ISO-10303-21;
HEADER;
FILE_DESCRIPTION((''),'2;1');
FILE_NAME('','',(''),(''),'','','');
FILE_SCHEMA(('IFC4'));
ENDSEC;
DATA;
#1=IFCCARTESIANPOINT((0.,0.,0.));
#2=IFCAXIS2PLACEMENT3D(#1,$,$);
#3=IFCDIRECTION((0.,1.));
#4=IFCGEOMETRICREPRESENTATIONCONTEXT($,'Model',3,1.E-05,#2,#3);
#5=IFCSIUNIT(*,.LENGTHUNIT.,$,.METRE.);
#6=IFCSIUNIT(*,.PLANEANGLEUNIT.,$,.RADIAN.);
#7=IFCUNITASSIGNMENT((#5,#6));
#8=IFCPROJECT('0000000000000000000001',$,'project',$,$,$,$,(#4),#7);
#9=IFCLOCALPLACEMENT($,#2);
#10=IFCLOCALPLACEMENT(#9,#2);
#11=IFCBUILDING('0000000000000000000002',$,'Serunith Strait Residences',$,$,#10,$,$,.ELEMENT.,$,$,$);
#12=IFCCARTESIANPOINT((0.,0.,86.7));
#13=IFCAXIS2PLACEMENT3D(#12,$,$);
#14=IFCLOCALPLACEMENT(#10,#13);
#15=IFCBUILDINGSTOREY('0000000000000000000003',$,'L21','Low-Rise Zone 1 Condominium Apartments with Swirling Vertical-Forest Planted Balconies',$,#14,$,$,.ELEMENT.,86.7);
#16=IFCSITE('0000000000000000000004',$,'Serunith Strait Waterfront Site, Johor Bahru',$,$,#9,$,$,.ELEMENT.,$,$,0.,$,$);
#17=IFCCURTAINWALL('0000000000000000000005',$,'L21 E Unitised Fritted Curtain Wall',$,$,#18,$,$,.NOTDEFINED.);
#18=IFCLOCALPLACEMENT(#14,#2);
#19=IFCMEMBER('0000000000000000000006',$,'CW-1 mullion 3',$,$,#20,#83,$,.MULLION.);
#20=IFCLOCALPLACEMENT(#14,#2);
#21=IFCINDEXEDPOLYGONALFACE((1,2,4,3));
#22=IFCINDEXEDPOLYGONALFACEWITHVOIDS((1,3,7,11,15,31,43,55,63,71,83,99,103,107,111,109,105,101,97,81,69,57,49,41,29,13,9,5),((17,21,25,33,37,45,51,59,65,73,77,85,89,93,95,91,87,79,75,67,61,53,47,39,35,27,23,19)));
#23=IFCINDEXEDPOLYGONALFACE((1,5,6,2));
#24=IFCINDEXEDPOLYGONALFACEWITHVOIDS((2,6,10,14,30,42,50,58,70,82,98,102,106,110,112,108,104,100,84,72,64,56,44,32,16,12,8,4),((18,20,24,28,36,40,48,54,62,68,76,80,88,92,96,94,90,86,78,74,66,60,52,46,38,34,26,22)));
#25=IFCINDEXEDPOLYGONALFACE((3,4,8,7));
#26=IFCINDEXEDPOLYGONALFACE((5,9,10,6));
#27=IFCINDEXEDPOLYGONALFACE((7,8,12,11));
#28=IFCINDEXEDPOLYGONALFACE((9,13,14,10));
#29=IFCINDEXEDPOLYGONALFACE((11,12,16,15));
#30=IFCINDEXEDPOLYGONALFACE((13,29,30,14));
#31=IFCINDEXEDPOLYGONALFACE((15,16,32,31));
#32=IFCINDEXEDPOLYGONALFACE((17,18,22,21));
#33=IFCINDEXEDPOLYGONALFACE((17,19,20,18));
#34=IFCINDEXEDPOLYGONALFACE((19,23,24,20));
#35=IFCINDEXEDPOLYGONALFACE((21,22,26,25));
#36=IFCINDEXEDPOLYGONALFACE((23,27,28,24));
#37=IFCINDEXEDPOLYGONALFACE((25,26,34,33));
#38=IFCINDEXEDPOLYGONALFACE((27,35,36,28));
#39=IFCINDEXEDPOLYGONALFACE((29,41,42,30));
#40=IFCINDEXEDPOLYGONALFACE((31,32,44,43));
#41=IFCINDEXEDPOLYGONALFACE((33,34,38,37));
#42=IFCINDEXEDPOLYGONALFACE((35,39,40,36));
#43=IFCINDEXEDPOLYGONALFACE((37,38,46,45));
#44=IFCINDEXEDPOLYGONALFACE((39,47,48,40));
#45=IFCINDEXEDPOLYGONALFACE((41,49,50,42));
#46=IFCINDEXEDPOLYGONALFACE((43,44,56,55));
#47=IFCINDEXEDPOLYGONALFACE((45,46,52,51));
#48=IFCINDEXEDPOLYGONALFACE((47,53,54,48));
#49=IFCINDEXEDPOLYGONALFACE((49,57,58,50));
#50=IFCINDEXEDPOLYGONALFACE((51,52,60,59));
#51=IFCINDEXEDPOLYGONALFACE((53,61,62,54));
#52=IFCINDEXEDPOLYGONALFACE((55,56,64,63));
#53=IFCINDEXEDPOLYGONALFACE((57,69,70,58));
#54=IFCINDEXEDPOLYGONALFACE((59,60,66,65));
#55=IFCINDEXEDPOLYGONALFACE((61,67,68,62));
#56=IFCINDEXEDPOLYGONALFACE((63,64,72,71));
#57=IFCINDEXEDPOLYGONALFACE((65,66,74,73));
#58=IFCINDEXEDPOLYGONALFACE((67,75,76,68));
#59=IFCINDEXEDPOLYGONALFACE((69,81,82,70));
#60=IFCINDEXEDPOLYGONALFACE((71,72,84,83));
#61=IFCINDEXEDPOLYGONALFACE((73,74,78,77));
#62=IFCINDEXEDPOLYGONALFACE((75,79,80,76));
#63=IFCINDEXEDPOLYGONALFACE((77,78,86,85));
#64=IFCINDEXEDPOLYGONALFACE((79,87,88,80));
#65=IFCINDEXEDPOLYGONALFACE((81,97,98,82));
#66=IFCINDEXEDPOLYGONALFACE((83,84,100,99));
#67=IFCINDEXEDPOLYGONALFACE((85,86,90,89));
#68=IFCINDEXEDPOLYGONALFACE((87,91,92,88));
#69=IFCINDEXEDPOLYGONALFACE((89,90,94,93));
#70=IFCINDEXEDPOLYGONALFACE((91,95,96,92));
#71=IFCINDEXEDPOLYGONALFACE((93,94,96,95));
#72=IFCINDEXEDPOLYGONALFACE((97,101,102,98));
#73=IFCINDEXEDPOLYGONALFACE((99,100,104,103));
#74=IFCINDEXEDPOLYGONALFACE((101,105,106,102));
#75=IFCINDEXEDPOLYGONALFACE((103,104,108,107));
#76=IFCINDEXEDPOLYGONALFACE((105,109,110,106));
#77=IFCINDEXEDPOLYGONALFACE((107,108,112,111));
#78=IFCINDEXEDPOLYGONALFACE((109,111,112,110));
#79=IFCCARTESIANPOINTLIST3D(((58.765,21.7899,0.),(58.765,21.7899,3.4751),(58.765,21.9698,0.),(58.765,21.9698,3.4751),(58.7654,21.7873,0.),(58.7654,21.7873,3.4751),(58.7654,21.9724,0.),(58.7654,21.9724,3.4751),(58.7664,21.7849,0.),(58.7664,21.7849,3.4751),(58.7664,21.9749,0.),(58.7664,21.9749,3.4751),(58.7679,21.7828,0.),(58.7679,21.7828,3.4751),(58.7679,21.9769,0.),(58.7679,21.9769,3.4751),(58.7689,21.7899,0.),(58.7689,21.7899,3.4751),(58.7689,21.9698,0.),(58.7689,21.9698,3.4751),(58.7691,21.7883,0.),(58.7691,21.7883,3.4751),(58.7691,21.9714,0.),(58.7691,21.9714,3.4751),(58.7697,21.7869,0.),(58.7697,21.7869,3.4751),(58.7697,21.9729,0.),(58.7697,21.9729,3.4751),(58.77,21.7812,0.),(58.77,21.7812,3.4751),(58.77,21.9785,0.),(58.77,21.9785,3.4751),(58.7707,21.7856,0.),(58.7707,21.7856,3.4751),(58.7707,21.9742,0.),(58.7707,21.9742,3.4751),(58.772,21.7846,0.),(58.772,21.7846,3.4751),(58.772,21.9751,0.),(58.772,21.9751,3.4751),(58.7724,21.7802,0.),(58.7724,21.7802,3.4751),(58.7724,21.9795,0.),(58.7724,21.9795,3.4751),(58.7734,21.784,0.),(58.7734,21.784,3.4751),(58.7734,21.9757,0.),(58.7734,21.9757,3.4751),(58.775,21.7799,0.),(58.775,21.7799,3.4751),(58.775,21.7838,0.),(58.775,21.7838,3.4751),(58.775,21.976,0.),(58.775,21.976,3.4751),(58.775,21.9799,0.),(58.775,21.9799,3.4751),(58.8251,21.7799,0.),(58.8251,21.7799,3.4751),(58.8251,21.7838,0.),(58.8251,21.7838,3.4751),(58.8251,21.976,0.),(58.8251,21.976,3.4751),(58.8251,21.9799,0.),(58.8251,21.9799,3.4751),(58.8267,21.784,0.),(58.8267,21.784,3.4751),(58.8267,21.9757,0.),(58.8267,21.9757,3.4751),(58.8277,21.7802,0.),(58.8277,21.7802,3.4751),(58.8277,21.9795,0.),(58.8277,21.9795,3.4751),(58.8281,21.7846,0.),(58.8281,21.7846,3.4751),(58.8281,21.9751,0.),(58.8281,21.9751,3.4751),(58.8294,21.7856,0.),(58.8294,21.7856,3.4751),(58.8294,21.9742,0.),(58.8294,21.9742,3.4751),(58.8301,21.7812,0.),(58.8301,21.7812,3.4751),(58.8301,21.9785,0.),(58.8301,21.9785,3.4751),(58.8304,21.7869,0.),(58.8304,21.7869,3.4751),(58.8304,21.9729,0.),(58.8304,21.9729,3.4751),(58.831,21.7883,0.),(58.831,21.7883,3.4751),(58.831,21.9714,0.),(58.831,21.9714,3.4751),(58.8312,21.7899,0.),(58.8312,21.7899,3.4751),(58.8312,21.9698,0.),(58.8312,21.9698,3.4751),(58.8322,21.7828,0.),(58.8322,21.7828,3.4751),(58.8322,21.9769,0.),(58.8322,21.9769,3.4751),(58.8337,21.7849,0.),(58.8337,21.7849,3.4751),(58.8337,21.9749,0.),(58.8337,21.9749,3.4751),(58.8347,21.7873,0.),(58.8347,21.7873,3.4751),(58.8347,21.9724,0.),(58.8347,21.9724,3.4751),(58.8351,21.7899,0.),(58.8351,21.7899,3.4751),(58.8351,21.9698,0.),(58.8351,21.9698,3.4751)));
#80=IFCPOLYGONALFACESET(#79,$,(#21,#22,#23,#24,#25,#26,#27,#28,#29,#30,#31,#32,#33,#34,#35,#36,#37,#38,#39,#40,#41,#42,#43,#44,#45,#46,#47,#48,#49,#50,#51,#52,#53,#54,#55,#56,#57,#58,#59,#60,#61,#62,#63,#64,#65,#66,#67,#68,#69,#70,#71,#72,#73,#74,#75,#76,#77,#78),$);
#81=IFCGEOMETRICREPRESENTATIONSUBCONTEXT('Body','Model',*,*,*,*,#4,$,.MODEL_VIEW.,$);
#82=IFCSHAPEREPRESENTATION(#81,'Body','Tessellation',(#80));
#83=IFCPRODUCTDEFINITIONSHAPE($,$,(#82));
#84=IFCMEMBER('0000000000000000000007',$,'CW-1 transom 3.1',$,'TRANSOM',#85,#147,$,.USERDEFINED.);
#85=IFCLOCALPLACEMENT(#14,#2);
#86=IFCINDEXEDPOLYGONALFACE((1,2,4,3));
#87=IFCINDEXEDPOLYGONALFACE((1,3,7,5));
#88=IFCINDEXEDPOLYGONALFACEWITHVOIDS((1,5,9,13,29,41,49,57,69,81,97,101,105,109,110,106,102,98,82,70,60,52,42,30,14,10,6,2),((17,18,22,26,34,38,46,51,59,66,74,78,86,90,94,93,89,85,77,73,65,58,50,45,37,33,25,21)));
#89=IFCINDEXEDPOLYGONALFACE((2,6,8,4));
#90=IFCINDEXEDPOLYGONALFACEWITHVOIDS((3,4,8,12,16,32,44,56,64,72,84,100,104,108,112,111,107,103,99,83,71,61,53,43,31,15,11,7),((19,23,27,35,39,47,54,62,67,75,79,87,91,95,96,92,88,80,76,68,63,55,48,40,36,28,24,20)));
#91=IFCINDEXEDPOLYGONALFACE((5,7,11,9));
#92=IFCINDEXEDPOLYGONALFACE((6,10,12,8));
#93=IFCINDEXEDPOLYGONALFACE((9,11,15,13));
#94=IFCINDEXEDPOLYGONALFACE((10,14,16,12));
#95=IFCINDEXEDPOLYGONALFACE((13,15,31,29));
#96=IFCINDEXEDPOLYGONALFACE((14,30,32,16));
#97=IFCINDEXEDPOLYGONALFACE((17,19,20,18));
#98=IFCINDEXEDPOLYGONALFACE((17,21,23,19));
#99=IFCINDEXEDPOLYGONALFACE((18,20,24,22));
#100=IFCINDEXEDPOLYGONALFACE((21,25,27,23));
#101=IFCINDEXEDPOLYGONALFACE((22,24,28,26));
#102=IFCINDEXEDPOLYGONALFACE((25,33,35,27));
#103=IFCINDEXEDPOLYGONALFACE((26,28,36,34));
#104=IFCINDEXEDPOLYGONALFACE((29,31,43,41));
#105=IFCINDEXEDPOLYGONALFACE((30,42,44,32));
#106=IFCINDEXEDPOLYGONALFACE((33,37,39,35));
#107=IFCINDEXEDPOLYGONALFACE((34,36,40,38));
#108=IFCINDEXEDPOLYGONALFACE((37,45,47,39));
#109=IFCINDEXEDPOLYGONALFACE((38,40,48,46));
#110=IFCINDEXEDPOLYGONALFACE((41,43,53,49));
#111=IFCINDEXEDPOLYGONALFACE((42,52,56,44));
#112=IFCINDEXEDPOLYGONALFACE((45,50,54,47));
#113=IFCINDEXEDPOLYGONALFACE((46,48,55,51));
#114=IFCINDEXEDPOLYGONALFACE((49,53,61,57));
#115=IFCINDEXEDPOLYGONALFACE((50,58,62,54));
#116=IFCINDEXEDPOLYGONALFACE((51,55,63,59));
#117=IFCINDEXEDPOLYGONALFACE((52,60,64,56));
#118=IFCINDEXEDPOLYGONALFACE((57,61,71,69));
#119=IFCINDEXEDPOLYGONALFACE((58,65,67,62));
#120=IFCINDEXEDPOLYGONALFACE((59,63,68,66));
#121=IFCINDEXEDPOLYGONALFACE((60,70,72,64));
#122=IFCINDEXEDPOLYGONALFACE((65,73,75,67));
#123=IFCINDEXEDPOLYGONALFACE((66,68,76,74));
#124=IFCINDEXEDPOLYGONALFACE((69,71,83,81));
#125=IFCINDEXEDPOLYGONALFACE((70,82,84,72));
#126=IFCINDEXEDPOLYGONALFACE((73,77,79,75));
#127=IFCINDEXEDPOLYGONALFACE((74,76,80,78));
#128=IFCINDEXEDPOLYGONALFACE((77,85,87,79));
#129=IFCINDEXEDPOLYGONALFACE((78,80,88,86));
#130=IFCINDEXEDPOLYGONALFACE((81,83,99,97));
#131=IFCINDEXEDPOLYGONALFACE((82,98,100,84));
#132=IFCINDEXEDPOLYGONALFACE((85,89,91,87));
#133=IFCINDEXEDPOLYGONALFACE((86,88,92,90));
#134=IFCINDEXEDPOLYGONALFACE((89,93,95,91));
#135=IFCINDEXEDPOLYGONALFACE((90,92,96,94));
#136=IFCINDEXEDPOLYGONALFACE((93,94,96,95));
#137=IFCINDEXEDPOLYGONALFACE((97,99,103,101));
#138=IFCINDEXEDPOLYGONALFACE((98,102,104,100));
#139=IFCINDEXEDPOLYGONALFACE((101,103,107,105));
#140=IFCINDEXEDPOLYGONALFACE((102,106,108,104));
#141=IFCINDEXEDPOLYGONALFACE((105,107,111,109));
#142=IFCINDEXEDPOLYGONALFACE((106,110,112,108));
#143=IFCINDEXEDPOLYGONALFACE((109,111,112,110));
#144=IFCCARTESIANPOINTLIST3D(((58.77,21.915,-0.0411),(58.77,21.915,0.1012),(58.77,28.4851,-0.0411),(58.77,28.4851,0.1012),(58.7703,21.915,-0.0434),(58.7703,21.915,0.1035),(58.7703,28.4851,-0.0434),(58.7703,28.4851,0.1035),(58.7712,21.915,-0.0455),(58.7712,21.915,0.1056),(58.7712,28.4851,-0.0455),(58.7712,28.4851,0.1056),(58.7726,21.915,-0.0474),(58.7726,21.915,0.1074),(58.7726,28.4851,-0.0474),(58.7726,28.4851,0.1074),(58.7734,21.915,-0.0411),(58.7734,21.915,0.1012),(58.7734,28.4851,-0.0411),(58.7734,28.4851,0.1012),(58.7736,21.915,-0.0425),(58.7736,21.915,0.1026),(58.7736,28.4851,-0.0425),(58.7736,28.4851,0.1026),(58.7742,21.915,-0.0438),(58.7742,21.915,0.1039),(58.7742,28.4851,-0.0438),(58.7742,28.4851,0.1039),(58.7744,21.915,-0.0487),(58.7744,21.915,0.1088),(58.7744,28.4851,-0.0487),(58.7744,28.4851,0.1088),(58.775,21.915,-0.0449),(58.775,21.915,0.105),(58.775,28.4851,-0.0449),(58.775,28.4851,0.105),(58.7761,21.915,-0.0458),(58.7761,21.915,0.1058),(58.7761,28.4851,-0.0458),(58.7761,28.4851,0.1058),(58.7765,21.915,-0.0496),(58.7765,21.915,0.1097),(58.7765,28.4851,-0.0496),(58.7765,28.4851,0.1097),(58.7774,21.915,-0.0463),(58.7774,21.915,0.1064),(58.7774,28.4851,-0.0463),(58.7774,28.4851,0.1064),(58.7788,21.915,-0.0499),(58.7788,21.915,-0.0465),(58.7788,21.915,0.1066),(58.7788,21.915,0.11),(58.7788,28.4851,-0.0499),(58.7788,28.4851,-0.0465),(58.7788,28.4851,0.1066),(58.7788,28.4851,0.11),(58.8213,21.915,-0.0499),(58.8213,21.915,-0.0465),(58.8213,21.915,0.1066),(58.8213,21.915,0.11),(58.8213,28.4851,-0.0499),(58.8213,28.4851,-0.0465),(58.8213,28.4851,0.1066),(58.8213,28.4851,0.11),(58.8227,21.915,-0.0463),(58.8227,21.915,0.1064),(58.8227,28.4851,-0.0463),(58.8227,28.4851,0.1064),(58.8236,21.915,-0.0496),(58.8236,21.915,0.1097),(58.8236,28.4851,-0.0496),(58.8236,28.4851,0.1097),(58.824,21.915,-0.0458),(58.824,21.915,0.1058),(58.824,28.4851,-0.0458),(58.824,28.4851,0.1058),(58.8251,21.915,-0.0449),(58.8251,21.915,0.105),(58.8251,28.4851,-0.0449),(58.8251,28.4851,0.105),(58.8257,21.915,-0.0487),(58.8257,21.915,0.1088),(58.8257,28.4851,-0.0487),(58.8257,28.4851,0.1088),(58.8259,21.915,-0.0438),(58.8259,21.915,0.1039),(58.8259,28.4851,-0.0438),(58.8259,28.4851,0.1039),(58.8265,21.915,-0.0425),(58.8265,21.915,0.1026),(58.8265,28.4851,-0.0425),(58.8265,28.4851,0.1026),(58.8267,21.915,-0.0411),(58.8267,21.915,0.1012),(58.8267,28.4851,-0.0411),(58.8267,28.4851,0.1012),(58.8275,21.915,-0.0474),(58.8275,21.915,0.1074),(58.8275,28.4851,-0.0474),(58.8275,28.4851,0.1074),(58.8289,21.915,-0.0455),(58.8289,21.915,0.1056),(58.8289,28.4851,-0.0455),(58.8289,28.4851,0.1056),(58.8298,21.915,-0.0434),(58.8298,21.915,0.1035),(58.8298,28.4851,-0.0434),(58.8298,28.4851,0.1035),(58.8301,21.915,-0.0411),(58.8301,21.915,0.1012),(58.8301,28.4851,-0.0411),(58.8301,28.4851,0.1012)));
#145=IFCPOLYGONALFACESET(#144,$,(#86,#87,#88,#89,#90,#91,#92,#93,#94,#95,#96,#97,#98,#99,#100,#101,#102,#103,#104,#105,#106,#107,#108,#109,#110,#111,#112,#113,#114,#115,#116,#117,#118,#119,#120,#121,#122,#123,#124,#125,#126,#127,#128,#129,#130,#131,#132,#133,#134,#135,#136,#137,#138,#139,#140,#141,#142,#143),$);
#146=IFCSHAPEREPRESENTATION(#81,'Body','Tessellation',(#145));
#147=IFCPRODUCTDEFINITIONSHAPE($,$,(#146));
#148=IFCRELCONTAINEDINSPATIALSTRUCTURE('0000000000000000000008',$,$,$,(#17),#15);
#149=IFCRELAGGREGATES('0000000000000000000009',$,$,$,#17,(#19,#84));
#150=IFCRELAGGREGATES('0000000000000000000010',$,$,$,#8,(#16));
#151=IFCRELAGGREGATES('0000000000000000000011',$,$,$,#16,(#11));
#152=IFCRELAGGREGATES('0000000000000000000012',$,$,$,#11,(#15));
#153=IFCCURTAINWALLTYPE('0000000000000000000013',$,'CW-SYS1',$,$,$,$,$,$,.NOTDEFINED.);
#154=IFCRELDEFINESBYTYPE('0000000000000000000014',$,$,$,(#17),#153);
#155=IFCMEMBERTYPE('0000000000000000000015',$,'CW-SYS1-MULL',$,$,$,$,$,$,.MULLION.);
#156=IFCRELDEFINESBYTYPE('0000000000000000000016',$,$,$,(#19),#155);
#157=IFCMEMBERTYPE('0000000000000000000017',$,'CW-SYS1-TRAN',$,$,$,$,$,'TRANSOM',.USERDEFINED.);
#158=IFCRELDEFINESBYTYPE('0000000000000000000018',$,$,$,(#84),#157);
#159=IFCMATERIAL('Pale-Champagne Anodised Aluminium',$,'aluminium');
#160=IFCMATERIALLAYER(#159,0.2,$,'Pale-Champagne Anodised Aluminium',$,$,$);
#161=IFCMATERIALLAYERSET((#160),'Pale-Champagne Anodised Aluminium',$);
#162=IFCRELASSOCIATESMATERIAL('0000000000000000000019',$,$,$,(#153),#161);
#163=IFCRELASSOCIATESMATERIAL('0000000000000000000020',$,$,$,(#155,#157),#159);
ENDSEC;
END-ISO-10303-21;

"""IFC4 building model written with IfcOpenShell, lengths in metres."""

from ifc_helpers import new_model, si_unit, direction, frame, origin, origin_2d, place, context, subcontext, project, spatial, hollow_rectangle, extrude, source, transform, mapped, material, layer, layer_set, material_profile, profile_set, type_object, element, aggregate, save


model = new_model("IFC4")

# Units and contexts
model_context = context("Model", 3, precision=1e-05, world=origin(), true_north=direction((0.0, 1.0)))
body_context = subcontext(model_context, "Body", "Model", "MODEL_VIEW")
ifc_project = project(units=[si_unit("LENGTHUNIT", "METRE"), si_unit("PLANEANGLEUNIT", "RADIAN")], contexts=[model_context])

# Site, building, storey
site_placement = place(None, origin())
site = spatial("IfcSite", under=ifc_project, at=site_placement, Name="Serunith Strait Waterfront Site, Johor Bahru", CompositionType="ELEMENT", RefElevation=0.0)
building_placement = place(site_placement, origin())
building = spatial("IfcBuilding", under=site, at=building_placement, Name="Serunith Strait Residences", CompositionType="ELEMENT")
storey_placement = place(building_placement, frame((0.0, 0.0, 86.7)))
storey = spatial("IfcBuildingStorey", under=building, at=storey_placement, Name="L21", Description="Low-Rise Zone 1 Condominium Apartments with Swirling Vertical-Forest Planted Balconies", CompositionType="ELEMENT", Elevation=86.7)

# Curtain wall, members
ifc_material_1 = material(Name="Pale-Champagne Anodised Aluminium", Category="aluminium")
ifc_layer_1 = layer(ifc_material_1, 0.2, Name="Pale-Champagne Anodised Aluminium")
ifc_layer_set_1 = layer_set([ifc_layer_1], Name="Pale-Champagne Anodised Aluminium")
curtain_wall_type = type_object("IfcCurtainWallType", Name="CW-SYS1", PredefinedType="NOTDEFINED", material=ifc_layer_set_1)
curtain_wall_placement = place(storey_placement, origin())
curtain_wall = element("IfcCurtainWall", 1, at=curtain_wall_placement, inside=storey, type_object=curtain_wall_type, Name="L21 E Unitised Fritted Curtain Wall", PredefinedType="NOTDEFINED")
ifc_material_profile_1 = material_profile(ifc_material_1, hollow_rectangle(XDim=0.0701, YDim=0.2, WallThickness=0.0039, InnerFilletRadius=0.0061, OuterFilletRadius=0.01, at=origin_2d()), Name="ALU 200x70x4")
ifc_profile_set_1 = profile_set([ifc_material_profile_1], Name="Pale-Champagne Anodised Aluminium")
member_type_1 = type_object("IfcMemberType", Name="CW-SYS1-MULL", PredefinedType="MULLION", material=ifc_profile_set_1)
shared_shape_1 = source(origin(), body_context, "Body", "SweptSolid", [
    extrude(hollow_rectangle(XDim=0.0701, YDim=0.2, WallThickness=0.0039, InnerFilletRadius=0.0061, OuterFilletRadius=0.01, at=origin_2d()), origin(), (0.0, 0.0, 1.0), 3.4751),
])
member_1_placement = place(storey_placement, frame((58.8, 21.8799, 0.0), z_axis=(0.0, 0.0, 1.0), x_axis=(-1.0, 0.0, 0.0)))
member_1 = element("IfcMember", 2, at=member_1_placement, type_object=member_type_1, Name="CW-1 mullion 3", PredefinedType="MULLION", context=body_context, shape_type="MappedRepresentation", body=[
    mapped(shared_shape_1, transform((0.0, 0.0, 0.0), scale=1.0)),
])
ifc_material_profile_2 = material_profile(ifc_material_1, hollow_rectangle(XDim=0.0601, YDim=0.1599, WallThickness=0.0034, InnerFilletRadius=0.0054, OuterFilletRadius=0.0088, at=origin_2d()), Name="ALU 160x60x3.5")
ifc_profile_set_2 = profile_set([ifc_material_profile_2], Name="Pale-Champagne Anodised Aluminium")
member_type_2 = type_object("IfcMemberType", Name="CW-SYS1-TRAN", ElementType="TRANSOM", PredefinedType="USERDEFINED", material=ifc_profile_set_2)
shared_shape_2 = source(origin(), body_context, "Body", "SweptSolid", [
    extrude(hollow_rectangle(XDim=0.0601, YDim=0.1599, WallThickness=0.0034, InnerFilletRadius=0.0054, OuterFilletRadius=0.0088, at=origin_2d()), origin(), (0.0, 0.0, 1.0), 6.5701),
])
member_2_placement = place(storey_placement, frame((58.8, 21.915, 0.03), z_axis=(0.0, 1.0, 0.0), x_axis=(-1.0, 0.0, 0.0)))
member_2 = element("IfcMember", 3, at=member_2_placement, type_object=member_type_2, Name="CW-1 transom 3.1", ObjectType="TRANSOM", PredefinedType="USERDEFINED", context=body_context, shape_type="MappedRepresentation", body=[
    mapped(shared_shape_2, transform((0.0, 0.0, 0.0), scale=1.0)),
])
aggregate(curtain_wall, [member_1, member_2])

save(model, "model.ifc")
